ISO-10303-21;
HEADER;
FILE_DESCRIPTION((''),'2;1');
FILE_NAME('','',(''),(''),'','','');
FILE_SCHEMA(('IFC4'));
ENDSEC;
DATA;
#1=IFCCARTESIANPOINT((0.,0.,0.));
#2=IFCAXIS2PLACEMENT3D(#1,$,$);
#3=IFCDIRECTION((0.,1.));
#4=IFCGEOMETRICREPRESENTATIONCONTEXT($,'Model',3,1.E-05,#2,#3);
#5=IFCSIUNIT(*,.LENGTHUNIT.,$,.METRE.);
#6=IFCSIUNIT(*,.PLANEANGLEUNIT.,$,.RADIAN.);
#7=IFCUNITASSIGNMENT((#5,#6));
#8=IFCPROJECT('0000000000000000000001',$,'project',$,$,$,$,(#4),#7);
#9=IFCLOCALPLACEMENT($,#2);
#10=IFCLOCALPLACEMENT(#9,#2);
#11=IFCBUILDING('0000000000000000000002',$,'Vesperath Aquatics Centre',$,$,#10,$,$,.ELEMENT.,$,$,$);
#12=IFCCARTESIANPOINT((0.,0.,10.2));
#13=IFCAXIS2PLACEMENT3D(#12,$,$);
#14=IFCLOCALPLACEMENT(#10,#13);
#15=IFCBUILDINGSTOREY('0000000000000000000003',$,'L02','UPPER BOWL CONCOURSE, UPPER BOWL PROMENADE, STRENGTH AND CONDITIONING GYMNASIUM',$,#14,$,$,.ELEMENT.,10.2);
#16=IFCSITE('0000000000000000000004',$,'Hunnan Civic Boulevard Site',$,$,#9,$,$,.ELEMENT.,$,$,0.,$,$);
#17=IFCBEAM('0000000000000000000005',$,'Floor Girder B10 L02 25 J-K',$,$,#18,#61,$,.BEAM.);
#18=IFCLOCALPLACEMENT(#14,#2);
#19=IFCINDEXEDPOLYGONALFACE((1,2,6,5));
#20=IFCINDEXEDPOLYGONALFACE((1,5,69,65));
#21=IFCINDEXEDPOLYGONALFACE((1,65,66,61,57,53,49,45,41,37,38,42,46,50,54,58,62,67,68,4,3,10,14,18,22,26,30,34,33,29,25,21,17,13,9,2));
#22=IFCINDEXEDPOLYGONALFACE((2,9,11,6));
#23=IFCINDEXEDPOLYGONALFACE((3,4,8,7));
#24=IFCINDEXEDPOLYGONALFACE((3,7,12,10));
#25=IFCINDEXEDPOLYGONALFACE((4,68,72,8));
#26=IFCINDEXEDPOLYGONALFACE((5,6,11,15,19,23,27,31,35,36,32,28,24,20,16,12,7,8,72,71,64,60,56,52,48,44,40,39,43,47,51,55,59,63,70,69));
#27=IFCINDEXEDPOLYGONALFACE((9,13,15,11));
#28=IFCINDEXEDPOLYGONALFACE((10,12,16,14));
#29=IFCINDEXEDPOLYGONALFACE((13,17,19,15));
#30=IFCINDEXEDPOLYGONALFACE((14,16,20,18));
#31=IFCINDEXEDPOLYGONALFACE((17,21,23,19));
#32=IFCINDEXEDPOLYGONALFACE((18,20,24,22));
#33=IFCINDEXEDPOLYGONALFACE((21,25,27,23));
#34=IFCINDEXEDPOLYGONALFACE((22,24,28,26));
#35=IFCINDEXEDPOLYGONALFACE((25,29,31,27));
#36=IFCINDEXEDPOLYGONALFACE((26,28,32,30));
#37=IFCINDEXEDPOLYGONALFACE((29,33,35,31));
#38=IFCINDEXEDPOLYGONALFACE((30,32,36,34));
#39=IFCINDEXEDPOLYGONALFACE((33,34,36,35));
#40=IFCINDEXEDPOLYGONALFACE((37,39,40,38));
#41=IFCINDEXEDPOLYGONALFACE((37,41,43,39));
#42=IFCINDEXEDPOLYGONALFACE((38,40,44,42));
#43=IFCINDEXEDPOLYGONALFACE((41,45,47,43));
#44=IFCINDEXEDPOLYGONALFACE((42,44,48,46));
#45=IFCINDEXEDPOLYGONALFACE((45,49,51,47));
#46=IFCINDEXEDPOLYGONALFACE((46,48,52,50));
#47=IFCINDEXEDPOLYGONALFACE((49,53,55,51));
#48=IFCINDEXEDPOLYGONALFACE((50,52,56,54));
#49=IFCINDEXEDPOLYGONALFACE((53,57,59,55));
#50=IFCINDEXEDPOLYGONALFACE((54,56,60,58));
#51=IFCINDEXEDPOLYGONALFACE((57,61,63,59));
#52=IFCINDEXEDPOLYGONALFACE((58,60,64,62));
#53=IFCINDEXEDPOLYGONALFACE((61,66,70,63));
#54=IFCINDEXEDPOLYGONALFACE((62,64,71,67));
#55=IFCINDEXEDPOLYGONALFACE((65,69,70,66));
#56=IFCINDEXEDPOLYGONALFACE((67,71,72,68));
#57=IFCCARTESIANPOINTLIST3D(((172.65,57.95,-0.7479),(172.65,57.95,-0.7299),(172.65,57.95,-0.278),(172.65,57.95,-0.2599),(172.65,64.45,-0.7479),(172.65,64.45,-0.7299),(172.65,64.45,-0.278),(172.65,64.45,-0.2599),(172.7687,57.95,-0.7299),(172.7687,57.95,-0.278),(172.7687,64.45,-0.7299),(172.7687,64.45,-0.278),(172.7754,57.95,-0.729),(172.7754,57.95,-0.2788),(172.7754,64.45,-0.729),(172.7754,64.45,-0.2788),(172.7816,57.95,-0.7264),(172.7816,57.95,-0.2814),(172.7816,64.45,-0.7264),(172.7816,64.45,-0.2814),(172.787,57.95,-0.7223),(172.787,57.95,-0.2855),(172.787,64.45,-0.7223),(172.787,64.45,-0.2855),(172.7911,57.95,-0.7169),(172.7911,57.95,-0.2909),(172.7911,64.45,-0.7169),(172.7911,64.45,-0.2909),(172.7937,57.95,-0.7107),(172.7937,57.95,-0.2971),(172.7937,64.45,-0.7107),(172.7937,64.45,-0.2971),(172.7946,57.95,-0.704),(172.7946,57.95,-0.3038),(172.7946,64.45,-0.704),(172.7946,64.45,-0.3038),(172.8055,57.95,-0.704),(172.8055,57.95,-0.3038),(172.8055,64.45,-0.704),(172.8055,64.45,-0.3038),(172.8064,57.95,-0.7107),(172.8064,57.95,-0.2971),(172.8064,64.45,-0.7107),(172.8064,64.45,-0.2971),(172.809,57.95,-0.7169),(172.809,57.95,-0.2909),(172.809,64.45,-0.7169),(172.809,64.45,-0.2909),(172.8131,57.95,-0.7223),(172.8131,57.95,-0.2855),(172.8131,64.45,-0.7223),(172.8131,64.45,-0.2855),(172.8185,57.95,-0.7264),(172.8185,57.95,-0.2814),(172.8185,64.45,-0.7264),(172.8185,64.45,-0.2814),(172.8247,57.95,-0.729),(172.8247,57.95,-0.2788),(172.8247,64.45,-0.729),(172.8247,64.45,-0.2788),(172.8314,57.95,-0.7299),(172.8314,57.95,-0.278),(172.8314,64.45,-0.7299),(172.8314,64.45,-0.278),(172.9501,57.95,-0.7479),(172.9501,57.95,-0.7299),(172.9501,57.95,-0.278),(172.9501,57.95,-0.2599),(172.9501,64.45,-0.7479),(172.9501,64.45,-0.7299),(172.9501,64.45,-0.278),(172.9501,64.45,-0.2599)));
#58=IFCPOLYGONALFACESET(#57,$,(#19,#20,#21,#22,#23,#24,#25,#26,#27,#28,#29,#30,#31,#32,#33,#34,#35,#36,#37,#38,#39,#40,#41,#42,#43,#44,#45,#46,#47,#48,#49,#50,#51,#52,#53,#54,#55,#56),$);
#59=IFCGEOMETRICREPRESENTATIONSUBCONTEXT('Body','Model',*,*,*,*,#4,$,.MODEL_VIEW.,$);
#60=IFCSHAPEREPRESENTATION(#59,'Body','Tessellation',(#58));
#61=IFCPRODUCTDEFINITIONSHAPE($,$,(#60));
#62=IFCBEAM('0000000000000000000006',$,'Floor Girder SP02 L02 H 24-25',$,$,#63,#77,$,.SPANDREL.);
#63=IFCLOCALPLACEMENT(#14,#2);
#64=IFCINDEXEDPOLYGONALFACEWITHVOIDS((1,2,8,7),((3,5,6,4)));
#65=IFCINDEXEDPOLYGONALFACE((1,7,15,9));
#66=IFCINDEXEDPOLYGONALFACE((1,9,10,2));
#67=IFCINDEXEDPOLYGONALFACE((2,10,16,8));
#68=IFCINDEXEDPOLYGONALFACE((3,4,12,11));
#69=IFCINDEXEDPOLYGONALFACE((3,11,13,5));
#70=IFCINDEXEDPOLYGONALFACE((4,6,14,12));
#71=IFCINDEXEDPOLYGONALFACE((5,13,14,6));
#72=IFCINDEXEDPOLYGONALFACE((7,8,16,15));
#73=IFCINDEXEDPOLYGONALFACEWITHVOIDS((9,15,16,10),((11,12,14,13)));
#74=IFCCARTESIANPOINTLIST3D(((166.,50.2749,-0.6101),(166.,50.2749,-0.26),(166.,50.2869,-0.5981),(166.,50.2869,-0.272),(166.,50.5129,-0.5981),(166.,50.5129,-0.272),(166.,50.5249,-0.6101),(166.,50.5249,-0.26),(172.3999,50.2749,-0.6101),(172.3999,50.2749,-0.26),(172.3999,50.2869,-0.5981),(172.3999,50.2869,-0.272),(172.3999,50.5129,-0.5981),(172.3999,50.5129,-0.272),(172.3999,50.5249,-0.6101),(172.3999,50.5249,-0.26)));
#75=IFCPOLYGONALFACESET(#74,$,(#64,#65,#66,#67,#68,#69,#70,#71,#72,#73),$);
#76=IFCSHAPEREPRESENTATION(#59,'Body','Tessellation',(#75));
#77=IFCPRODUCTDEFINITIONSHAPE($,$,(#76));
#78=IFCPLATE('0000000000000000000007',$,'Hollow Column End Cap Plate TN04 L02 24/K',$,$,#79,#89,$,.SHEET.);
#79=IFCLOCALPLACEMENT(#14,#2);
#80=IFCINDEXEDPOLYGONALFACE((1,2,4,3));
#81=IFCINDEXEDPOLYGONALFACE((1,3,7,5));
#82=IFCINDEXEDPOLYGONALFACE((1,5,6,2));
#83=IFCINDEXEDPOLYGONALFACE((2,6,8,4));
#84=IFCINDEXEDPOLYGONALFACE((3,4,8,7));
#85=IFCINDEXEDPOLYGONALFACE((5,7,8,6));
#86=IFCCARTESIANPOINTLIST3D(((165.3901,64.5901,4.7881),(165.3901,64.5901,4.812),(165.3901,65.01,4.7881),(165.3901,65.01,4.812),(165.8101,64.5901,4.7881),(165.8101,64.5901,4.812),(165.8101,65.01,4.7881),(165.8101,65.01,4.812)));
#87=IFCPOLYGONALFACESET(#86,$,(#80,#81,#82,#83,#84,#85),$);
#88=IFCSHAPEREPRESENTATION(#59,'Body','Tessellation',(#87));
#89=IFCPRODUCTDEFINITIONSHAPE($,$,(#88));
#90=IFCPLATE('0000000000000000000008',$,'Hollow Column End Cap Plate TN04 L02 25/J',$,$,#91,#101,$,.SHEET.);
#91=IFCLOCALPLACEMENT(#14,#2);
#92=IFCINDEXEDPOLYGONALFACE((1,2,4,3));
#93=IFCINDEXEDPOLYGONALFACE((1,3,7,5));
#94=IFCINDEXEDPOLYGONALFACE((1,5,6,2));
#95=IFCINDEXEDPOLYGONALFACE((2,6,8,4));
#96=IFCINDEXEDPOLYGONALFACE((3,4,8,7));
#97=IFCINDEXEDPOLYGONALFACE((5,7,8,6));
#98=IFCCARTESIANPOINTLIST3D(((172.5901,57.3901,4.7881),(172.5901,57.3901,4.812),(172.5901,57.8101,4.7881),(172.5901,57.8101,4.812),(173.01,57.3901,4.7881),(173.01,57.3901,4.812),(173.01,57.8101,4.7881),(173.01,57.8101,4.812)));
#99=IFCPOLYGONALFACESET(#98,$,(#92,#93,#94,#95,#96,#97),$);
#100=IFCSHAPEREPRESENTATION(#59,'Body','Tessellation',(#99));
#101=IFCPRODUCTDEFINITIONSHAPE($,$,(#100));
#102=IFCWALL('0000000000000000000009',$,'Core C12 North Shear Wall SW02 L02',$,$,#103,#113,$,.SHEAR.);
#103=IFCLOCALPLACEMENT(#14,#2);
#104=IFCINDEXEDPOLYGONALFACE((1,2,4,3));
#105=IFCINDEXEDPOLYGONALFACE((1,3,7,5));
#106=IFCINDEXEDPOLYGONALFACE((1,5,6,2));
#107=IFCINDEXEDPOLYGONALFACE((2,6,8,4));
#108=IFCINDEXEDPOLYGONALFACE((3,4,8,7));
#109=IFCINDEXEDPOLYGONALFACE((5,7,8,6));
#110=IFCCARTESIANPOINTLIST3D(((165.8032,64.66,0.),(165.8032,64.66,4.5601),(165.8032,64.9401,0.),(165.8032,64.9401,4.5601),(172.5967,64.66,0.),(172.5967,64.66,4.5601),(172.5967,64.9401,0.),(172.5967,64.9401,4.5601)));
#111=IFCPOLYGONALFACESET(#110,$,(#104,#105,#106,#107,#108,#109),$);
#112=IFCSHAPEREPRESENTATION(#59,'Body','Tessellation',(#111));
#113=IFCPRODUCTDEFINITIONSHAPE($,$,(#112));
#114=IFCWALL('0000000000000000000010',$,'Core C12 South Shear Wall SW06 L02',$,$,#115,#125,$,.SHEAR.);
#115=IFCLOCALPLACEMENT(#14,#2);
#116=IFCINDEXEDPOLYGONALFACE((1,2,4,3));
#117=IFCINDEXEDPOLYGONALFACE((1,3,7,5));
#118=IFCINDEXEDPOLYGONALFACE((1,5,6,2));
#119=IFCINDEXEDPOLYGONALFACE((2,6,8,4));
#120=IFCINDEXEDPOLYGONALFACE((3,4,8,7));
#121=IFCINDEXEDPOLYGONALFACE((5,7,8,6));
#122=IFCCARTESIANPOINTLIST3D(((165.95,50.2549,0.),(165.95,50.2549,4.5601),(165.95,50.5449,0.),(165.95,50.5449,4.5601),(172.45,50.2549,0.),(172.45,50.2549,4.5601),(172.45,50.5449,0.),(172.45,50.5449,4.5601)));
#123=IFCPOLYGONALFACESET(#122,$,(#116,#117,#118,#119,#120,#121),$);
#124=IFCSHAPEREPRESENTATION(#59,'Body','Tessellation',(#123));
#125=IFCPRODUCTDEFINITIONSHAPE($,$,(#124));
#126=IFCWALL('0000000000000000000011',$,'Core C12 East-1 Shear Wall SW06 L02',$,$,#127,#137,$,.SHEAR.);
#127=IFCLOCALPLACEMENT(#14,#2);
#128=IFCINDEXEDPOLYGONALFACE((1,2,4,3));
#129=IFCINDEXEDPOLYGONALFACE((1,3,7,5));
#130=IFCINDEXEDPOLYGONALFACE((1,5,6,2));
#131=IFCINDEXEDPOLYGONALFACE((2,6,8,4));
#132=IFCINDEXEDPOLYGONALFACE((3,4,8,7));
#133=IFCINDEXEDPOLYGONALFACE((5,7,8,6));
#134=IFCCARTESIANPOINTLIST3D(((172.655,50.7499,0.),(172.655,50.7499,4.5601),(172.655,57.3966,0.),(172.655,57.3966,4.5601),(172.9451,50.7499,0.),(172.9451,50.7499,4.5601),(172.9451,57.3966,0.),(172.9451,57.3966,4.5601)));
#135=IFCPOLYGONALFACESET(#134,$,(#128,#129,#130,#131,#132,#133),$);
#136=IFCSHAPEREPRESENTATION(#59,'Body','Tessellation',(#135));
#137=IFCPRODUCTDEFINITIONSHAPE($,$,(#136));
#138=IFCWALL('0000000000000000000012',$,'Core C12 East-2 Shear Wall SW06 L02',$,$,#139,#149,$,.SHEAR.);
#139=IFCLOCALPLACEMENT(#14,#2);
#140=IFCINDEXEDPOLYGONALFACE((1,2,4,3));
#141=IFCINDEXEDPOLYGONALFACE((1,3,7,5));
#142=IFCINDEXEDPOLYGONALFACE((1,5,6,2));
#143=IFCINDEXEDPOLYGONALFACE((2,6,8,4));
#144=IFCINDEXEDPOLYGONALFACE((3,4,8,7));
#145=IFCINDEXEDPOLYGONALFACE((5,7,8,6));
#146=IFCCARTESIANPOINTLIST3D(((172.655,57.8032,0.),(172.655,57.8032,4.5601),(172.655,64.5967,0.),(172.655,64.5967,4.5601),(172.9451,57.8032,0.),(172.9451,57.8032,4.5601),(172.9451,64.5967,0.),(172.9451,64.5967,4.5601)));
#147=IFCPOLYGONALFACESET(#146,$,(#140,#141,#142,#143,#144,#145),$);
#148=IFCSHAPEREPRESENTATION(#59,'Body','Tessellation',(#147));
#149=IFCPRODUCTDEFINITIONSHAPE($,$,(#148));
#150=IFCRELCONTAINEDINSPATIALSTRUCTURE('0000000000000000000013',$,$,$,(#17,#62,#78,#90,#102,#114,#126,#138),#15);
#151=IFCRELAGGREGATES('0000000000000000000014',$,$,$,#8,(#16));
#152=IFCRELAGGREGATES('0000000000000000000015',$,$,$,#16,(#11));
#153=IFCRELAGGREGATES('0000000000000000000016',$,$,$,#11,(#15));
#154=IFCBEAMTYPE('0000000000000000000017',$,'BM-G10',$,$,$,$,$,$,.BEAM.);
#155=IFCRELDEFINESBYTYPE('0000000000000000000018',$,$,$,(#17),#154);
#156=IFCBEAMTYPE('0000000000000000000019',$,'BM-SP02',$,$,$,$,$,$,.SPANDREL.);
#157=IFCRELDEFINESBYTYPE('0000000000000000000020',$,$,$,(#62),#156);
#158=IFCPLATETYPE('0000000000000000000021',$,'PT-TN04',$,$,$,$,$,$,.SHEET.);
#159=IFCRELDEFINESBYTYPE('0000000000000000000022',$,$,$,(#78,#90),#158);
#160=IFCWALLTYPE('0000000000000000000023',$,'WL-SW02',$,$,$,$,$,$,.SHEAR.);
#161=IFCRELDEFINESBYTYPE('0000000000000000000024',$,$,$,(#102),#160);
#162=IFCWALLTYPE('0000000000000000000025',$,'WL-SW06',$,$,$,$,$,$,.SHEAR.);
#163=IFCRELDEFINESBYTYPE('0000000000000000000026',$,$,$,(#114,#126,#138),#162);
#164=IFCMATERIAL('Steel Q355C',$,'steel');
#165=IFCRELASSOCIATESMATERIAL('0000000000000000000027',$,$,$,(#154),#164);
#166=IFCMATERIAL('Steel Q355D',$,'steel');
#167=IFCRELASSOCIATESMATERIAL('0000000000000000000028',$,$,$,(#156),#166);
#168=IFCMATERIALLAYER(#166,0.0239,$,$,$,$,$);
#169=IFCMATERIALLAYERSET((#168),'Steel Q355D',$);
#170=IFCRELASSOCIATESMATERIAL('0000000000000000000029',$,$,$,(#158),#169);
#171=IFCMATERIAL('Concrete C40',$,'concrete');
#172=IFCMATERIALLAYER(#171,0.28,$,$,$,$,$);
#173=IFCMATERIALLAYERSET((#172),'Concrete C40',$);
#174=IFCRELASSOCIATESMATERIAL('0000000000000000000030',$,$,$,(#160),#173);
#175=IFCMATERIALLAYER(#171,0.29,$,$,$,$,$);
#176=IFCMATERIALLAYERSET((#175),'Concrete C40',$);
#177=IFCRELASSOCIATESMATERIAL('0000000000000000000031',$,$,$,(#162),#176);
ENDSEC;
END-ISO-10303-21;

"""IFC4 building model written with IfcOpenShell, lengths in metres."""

from ifc_helpers import new_model, si_unit, direction, frame, frame_2d, origin, origin_2d, place, context, subcontext, project, spatial, rectangle, hollow_rectangle, i_section, extrude, material, layer, layer_set, material_profile, profile_set, type_object, element, save


model = new_model("IFC4")

# Units and contexts
model_context = context("Model", 3, precision=1e-05, world=origin(), true_north=direction((0.0, 1.0)))
body_context = subcontext(model_context, "Body", "Model", "MODEL_VIEW")
ifc_project = project(units=[si_unit("LENGTHUNIT", "METRE"), si_unit("PLANEANGLEUNIT", "RADIAN")], contexts=[model_context])

# Site, building, storey
site_placement = place(None, origin())
site = spatial("IfcSite", under=ifc_project, at=site_placement, Name="Hunnan Civic Boulevard Site", CompositionType="ELEMENT", RefElevation=0.0)
building_placement = place(site_placement, origin())
building = spatial("IfcBuilding", under=site, at=building_placement, Name="Vesperath Aquatics Centre", CompositionType="ELEMENT")
storey_placement = place(building_placement, frame((0.0, 0.0, 10.2)))
storey = spatial("IfcBuildingStorey", under=building, at=storey_placement, Name="L02", Description="UPPER BOWL CONCOURSE, UPPER BOWL PROMENADE, STRENGTH AND CONDITIONING GYMNASIUM", CompositionType="ELEMENT", Elevation=10.2)

# Shared definitions
ifc_material_1 = material(Name="Concrete C40", Category="concrete")
ifc_material_2 = material(Name="Steel Q355D", Category="steel")

# Beams
ifc_material_3 = material(Name="Steel Q355C", Category="steel")
ifc_material_profile_1 = material_profile(ifc_material_3, i_section(OverallWidth=0.3, OverallDepth=0.488, WebThickness=0.011, FlangeThickness=0.0181, FilletRadius=0.0259, at=origin_2d()), Name="HM 488x300x11x18")
ifc_profile_set_1 = profile_set([ifc_material_profile_1], Name="Steel Q355C")
beam_type_1 = type_object("IfcBeamType", Name="BM-G10", PredefinedType="BEAM", material=ifc_profile_set_1)
beam_1_placement = place(storey_placement, frame((172.8, 57.95, -0.5039), z_axis=(0.0, 1.0, 0.0), x_axis=(-1.0, 0.0, 0.0)))
element("IfcBeam", 1, at=beam_1_placement, inside=storey, type_object=beam_type_1, Name="Floor Girder B10 L02 25 J-K", PredefinedType="BEAM", context=body_context, shape_type="SweptSolid", body=[
    extrude(i_section(OverallWidth=0.3, OverallDepth=0.488, WebThickness=0.011, FlangeThickness=0.0181, FilletRadius=0.0259, at=origin_2d()), origin(), (0.0, 0.0, 1.0), 6.5),
])
ifc_material_profile_2 = material_profile(ifc_material_2, hollow_rectangle(XDim=0.25, YDim=0.3501, WallThickness=0.012, at=origin_2d()), Name="RHS 350x250x12")
ifc_profile_set_2 = profile_set([ifc_material_profile_2], Name="Steel Q355D")
beam_type_2 = type_object("IfcBeamType", Name="BM-SP02", PredefinedType="SPANDREL", material=ifc_profile_set_2)
beam_2_placement = place(storey_placement, frame((166.0, 50.3999, -0.4351), z_axis=(1.0, 0.0, 0.0), x_axis=(0.0, 1.0, 0.0)))
element("IfcBeam", 2, at=beam_2_placement, inside=storey, type_object=beam_type_2, Name="Floor Girder SP02 L02 H 24-25", PredefinedType="SPANDREL", context=body_context, shape_type="SweptSolid", body=[
    extrude(hollow_rectangle(XDim=0.25, YDim=0.3501, WallThickness=0.012, at=origin_2d()), origin(), (0.0, 0.0, 1.0), 6.3999),
])

# Plates
ifc_layer_1 = layer(ifc_material_2, 0.0239)
ifc_layer_set_1 = layer_set([ifc_layer_1], Name="Steel Q355D")
plate_type = type_object("IfcPlateType", Name="PT-TN04", PredefinedType="SHEET", material=ifc_layer_set_1)
for number, where, z_axis, x_axis, name in (
    (3, (165.6001, 64.8, 4.7881), (0.0, 0.0, 1.0), (1.0, 0.0, 0.0), "Hollow Column End Cap Plate TN04 L02 24/K"),
    (4, (172.8, 57.6001, 4.7881), (0.0, 0.0, 1.0), (1.0, 0.0, 0.0), "Hollow Column End Cap Plate TN04 L02 25/J"),
):
    element("IfcPlate", number, at=place(storey_placement, frame(where, z_axis=z_axis, x_axis=x_axis)), inside=storey, type_object=plate_type, Name=name, PredefinedType="SHEET", context=body_context, shape_type="SweptSolid", body=[
        extrude(rectangle(XDim=0.4199, YDim=0.4199, at=origin_2d()), origin(), (0.0, 0.0, 1.0), 0.0239),
    ])

# Walls
ifc_layer_2 = layer(ifc_material_1, 0.28)
ifc_layer_set_2 = layer_set([ifc_layer_2], Name="Concrete C40")
wall_type_1 = type_object("IfcWallType", Name="WL-SW02", PredefinedType="SHEAR", material=ifc_layer_set_2)
wall_1_placement = place(storey_placement, frame((165.8032, 64.8, 0.0), z_axis=(0.0, 0.0, 1.0), x_axis=(1.0, 0.0, 0.0)))
element("IfcWall", 5, at=wall_1_placement, inside=storey, type_object=wall_type_1, Name="Core C12 North Shear Wall SW02 L02", PredefinedType="SHEAR", context=body_context, shape_type="SweptSolid", body=[
    extrude(rectangle(XDim=6.7935, YDim=0.28, at=frame_2d((3.3967, 0.0))), origin(), (0.0, 0.0, 1.0), 4.5601),
])
ifc_layer_3 = layer(ifc_material_1, 0.29)
ifc_layer_set_3 = layer_set([ifc_layer_3], Name="Concrete C40")
wall_type_2 = type_object("IfcWallType", Name="WL-SW06", PredefinedType="SHEAR", material=ifc_layer_set_3)
wall_2_placement = place(storey_placement, frame((165.95, 50.3999, 0.0), z_axis=(0.0, 0.0, 1.0), x_axis=(1.0, 0.0, 0.0)))
element("IfcWall", 6, at=wall_2_placement, inside=storey, type_object=wall_type_2, Name="Core C12 South Shear Wall SW06 L02", PredefinedType="SHEAR", context=body_context, shape_type="SweptSolid", body=[
    extrude(rectangle(XDim=6.5, YDim=0.29, at=frame_2d((3.25, 0.0))), origin(), (0.0, 0.0, 1.0), 4.5601),
])
wall_3_placement = place(storey_placement, frame((172.8, 50.75, 0.0), z_axis=(0.0, 0.0, 1.0), x_axis=(0.0, 1.0, 0.0)))
element("IfcWall", 7, at=wall_3_placement, inside=storey, type_object=wall_type_2, Name="Core C12 East-1 Shear Wall SW06 L02", PredefinedType="SHEAR", context=body_context, shape_type="SweptSolid", body=[
    extrude(rectangle(XDim=6.6467, YDim=0.29, at=frame_2d((3.3232, 0.0))), origin(), (0.0, 0.0, 1.0), 4.5601),
])
wall_4_placement = place(storey_placement, frame((172.8, 57.8032, 0.0), z_axis=(0.0, 0.0, 1.0), x_axis=(0.0, 1.0, 0.0)))
element("IfcWall", 8, at=wall_4_placement, inside=storey, type_object=wall_type_2, Name="Core C12 East-2 Shear Wall SW06 L02", PredefinedType="SHEAR", context=body_context, shape_type="SweptSolid", body=[
    extrude(rectangle(XDim=6.7935, YDim=0.29, at=frame_2d((3.3967, 0.0))), origin(), (0.0, 0.0, 1.0), 4.5601),
])

save(model, "model.ifc")
